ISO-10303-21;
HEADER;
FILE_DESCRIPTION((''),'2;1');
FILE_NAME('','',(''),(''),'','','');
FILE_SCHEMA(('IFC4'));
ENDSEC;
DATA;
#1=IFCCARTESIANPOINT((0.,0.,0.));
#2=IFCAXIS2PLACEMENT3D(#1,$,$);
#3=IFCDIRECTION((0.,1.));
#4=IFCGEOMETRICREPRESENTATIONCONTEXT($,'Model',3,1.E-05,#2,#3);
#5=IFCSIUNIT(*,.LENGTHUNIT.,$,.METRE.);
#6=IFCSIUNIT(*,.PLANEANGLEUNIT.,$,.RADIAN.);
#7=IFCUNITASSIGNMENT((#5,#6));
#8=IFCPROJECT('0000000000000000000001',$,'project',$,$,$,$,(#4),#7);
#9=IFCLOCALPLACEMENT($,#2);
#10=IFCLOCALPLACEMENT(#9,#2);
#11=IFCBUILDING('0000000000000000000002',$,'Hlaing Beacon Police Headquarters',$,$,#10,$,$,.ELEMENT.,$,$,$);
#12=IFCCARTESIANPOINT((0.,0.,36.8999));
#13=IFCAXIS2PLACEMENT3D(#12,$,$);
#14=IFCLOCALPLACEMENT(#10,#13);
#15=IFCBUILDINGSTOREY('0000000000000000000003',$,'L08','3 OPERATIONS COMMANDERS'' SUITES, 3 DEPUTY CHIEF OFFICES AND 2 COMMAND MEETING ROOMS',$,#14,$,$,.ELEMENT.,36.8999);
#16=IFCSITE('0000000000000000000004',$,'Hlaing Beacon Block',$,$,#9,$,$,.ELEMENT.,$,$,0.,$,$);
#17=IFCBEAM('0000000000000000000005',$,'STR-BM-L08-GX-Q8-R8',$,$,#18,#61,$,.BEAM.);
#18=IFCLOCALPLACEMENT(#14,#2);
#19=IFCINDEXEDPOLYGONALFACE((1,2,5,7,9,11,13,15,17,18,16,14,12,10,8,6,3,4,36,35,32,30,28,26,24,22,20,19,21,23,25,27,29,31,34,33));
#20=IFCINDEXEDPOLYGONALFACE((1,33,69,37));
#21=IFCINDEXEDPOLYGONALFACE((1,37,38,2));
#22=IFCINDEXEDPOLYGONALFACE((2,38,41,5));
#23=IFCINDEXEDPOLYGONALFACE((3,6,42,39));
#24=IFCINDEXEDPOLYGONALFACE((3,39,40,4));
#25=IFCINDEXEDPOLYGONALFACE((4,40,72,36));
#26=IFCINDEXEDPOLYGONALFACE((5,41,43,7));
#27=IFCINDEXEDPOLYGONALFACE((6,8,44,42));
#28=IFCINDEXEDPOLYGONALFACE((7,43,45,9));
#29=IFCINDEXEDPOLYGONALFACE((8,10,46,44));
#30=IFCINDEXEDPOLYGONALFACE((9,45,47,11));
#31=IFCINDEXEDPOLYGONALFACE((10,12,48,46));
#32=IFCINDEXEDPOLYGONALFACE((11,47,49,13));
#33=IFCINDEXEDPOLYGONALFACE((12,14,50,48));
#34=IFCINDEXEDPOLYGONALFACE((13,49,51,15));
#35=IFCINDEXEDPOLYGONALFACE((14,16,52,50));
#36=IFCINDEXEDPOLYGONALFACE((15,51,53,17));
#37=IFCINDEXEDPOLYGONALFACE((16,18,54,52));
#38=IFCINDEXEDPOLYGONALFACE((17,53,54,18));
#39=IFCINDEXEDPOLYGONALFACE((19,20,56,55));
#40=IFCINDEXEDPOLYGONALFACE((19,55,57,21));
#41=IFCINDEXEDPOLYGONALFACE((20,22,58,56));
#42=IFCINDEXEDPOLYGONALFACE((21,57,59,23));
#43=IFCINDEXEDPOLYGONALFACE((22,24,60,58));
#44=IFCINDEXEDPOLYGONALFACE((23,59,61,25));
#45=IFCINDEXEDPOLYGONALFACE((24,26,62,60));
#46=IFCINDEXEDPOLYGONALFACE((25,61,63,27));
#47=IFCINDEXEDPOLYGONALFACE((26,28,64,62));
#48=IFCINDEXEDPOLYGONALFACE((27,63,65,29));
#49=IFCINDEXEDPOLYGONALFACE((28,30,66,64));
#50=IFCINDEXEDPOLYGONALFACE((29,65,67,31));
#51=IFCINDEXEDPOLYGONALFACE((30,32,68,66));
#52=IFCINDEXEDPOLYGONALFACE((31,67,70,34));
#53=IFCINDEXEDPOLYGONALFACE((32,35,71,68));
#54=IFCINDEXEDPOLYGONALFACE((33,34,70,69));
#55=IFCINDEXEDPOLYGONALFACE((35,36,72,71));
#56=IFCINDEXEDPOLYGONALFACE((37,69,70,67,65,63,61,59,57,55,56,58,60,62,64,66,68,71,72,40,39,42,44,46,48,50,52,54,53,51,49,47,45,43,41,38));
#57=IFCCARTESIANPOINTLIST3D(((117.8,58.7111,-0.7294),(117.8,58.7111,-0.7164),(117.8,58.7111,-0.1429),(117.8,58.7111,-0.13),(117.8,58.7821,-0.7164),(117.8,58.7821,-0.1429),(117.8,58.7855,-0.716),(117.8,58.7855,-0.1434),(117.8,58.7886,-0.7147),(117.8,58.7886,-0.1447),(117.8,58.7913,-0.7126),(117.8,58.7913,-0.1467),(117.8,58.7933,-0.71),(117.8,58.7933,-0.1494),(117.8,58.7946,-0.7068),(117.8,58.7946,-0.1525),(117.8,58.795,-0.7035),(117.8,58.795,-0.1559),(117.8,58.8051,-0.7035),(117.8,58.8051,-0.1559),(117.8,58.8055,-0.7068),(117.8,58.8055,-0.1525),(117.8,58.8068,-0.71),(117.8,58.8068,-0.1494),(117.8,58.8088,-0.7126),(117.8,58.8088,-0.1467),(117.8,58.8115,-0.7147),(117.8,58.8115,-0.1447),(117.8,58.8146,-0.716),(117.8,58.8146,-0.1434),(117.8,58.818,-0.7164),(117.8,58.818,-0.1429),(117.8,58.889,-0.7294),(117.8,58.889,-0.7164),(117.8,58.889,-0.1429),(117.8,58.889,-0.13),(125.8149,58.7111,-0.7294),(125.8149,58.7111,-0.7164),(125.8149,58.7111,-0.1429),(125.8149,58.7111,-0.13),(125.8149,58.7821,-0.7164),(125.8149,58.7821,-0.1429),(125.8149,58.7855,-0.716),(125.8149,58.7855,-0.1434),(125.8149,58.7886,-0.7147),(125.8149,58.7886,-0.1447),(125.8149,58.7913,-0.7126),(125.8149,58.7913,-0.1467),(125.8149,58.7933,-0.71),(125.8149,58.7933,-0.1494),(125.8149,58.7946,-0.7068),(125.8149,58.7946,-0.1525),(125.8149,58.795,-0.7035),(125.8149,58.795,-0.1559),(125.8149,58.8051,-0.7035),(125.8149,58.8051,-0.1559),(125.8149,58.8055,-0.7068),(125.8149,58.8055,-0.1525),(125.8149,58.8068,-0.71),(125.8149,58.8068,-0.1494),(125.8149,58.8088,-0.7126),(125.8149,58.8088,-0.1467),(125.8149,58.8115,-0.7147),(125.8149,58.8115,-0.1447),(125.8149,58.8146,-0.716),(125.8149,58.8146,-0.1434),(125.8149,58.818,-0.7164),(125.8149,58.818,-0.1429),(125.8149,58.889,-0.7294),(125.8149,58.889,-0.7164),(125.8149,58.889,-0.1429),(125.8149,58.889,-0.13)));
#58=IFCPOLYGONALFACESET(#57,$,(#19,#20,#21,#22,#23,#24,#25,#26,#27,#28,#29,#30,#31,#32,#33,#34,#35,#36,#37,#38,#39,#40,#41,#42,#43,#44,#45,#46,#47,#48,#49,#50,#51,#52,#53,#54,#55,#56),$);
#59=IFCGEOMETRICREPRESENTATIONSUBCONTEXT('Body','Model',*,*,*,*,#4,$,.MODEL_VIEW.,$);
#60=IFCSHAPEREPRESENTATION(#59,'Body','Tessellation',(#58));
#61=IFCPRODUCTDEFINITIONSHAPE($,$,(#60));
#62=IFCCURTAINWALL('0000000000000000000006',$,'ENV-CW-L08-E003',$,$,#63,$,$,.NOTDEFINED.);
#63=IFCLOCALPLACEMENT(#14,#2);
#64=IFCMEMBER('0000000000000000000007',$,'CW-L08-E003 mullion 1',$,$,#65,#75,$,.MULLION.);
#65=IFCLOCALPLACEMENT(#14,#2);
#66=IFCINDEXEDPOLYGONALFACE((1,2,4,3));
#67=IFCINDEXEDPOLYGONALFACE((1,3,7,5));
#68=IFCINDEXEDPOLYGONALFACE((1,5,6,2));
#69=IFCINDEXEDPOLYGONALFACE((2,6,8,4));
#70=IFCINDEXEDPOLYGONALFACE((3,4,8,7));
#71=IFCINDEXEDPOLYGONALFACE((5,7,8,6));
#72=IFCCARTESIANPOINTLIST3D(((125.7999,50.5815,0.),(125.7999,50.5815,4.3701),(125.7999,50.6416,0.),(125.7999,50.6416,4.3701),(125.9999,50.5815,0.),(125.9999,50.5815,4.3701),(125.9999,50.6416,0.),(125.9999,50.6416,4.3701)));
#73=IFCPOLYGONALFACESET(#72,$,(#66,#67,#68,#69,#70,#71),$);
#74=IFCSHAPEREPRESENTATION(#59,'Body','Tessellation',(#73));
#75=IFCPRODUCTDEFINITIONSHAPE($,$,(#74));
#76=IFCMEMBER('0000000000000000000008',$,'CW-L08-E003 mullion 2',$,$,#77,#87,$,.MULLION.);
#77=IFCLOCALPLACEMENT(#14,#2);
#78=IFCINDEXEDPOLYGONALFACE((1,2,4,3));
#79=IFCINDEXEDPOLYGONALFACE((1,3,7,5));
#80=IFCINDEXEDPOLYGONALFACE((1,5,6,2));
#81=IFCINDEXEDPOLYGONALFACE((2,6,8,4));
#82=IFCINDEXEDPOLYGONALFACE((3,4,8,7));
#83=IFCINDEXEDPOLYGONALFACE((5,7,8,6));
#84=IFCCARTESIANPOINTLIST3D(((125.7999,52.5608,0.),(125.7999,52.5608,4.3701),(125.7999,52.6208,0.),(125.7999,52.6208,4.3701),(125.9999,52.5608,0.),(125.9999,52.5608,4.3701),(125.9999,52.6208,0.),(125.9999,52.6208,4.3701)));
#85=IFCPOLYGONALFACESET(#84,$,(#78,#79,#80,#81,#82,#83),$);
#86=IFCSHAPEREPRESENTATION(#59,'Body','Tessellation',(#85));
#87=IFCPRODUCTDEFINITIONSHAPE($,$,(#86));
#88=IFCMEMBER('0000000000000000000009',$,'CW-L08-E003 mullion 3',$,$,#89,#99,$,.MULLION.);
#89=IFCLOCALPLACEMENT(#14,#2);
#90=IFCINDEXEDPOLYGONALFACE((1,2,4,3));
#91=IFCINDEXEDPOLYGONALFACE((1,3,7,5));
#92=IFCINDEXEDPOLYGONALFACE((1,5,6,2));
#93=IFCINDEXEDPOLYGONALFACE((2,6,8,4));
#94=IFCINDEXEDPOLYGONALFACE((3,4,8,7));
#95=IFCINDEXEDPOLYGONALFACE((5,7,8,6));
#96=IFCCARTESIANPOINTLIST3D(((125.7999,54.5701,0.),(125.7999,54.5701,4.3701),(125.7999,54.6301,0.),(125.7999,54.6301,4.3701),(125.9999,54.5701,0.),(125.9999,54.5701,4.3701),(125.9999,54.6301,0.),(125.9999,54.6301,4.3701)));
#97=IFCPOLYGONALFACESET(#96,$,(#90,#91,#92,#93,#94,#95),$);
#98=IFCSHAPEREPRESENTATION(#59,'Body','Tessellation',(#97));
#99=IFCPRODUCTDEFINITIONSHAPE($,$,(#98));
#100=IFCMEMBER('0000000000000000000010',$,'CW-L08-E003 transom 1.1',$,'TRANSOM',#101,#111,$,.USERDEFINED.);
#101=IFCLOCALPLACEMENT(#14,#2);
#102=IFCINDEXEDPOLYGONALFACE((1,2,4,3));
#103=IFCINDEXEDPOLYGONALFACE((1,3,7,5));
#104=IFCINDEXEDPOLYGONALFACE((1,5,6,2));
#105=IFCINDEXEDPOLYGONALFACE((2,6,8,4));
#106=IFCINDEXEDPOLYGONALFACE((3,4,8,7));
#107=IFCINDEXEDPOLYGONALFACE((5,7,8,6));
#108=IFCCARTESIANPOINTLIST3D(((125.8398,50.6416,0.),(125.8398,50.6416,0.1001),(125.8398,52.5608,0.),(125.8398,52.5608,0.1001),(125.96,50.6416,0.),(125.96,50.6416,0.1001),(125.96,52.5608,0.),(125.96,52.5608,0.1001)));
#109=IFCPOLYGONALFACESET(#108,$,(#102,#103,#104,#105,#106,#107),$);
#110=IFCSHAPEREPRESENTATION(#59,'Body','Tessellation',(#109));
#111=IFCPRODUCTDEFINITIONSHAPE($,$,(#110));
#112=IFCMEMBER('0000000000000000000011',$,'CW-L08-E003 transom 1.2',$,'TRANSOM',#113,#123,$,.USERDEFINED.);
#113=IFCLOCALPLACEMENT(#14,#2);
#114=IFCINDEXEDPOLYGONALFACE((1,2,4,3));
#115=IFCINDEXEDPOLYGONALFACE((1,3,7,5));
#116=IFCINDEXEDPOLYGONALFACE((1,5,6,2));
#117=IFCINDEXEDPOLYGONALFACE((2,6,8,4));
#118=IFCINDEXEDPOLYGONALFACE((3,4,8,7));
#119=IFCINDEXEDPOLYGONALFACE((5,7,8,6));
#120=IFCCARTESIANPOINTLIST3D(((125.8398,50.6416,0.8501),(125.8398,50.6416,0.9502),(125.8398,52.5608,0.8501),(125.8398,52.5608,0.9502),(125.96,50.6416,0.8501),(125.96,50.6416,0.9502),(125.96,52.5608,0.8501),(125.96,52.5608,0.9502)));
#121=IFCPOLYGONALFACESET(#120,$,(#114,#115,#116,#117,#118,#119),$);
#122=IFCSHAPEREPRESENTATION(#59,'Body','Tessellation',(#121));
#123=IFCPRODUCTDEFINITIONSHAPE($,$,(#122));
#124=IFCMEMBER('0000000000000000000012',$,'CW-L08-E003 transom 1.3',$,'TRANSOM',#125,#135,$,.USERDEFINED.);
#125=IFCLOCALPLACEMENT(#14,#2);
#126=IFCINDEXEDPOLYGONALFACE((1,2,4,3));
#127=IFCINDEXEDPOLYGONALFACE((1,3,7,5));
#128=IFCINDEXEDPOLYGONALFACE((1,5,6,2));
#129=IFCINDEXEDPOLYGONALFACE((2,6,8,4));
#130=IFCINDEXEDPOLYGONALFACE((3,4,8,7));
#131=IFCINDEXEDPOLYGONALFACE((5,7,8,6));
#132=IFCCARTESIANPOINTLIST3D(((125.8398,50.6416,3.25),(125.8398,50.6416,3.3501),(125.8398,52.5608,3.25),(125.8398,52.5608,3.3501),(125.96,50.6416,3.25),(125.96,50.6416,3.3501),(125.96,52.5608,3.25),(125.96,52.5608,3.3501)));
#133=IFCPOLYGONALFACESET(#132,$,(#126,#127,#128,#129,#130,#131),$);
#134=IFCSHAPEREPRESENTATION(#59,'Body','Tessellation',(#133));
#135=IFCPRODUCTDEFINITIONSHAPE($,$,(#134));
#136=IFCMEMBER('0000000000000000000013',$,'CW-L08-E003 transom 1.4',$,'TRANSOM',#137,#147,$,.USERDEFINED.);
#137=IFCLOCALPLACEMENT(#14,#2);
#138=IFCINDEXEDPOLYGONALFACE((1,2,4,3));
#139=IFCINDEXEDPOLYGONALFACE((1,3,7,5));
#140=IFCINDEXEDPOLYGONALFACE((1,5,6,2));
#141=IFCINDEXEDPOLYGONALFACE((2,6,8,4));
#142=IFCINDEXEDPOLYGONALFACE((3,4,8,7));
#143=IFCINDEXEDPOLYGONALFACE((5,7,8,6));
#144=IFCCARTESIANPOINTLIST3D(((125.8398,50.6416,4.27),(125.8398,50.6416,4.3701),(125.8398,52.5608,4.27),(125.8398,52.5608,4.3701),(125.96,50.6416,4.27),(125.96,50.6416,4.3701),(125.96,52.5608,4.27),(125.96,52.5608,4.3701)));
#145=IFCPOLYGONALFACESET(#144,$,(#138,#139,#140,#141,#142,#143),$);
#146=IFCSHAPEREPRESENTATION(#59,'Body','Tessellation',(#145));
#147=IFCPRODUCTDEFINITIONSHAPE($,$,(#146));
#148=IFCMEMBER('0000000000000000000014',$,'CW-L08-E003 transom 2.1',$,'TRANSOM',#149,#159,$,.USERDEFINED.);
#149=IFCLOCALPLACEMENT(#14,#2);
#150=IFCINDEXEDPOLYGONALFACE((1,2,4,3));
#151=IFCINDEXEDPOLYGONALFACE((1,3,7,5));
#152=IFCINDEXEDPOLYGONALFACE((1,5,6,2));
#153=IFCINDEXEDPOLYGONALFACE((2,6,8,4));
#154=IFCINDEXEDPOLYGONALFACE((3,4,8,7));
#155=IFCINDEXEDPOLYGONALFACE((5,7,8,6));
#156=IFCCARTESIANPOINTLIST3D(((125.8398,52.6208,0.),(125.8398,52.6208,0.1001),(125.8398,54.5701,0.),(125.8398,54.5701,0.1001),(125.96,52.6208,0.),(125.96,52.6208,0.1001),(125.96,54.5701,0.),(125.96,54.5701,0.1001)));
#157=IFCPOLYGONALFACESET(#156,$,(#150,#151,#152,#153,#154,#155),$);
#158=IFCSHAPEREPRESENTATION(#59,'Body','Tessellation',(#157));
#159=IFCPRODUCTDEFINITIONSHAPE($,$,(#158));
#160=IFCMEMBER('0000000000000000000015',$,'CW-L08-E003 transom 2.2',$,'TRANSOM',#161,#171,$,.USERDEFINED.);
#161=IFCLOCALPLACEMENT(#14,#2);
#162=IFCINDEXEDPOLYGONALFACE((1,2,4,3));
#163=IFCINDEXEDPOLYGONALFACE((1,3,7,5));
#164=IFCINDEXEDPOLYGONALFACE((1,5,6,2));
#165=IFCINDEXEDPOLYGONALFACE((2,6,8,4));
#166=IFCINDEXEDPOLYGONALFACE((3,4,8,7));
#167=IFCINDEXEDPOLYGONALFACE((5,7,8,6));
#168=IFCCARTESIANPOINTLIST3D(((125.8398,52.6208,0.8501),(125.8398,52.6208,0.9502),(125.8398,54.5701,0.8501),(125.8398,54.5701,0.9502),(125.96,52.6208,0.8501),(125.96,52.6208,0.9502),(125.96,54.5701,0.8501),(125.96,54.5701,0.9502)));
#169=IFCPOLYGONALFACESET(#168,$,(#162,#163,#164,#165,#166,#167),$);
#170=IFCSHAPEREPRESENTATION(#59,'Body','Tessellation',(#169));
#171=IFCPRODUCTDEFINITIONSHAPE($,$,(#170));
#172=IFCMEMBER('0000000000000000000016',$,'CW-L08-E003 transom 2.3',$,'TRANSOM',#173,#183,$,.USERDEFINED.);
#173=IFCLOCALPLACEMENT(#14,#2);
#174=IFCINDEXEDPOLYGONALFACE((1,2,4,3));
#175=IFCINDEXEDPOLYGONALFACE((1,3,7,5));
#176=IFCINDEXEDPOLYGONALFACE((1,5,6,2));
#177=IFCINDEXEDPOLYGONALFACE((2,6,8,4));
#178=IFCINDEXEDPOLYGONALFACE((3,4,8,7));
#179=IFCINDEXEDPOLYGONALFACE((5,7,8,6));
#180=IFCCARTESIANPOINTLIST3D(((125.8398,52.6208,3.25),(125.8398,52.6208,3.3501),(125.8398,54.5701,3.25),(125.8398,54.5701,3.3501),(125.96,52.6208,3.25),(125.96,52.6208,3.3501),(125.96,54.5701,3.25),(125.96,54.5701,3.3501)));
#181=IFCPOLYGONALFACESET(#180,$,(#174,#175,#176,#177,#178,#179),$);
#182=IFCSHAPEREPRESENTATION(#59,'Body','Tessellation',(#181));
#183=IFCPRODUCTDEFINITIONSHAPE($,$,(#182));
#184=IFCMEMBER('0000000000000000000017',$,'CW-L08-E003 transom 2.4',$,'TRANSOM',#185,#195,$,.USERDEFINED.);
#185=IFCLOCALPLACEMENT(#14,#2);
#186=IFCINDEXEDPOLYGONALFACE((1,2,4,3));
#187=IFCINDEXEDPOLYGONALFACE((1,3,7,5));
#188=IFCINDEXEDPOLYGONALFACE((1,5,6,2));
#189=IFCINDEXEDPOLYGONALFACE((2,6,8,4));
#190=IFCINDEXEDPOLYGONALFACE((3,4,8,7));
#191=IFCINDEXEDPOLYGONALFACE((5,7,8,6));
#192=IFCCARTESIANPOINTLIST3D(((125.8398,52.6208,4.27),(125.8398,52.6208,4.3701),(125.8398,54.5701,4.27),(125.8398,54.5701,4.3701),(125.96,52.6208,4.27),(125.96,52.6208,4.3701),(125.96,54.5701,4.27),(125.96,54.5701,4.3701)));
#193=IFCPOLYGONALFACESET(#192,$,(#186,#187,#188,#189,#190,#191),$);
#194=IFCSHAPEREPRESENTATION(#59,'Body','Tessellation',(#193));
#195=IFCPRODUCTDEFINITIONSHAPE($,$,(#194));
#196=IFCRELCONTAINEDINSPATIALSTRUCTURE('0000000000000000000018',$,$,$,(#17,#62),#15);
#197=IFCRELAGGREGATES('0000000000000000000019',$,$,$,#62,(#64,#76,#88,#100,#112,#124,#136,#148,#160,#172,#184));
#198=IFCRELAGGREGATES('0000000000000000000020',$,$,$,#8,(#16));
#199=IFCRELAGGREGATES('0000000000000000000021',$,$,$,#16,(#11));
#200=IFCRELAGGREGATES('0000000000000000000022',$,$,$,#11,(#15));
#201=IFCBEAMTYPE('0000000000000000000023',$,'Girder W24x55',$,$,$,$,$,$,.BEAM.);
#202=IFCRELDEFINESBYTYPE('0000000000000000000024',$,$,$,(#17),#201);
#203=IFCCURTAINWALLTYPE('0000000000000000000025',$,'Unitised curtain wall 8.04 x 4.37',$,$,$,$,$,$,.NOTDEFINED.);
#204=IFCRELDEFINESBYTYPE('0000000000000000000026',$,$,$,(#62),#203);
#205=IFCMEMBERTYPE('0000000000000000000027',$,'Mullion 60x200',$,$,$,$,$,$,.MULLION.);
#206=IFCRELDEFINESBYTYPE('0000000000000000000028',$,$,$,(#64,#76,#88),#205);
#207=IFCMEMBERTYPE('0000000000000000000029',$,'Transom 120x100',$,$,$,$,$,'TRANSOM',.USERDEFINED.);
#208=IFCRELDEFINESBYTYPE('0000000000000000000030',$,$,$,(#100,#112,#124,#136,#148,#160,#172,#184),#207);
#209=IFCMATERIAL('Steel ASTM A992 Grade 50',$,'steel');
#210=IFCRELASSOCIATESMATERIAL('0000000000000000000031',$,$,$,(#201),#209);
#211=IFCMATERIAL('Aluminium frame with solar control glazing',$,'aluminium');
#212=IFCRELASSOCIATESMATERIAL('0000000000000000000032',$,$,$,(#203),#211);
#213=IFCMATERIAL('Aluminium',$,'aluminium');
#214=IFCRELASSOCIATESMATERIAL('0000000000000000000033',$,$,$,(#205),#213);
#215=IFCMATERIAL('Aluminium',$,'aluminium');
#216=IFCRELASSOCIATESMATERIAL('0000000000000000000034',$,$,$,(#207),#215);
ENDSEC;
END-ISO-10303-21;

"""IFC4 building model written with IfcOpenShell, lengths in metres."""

from ifc_helpers import new_model, si_unit, direction, frame, origin, origin_2d, place, context, subcontext, project, spatial, rectangle, i_section, extrude, material, material_profile, profile_set, type_object, element, aggregate, save


model = new_model("IFC4")

# Units and contexts
model_context = context("Model", 3, precision=1e-05, world=origin(), true_north=direction((0.0, 1.0)))
body_context = subcontext(model_context, "Body", "Model", "MODEL_VIEW")
ifc_project = project(units=[si_unit("LENGTHUNIT", "METRE"), si_unit("PLANEANGLEUNIT", "RADIAN")], contexts=[model_context])

# Site, building, storey
site_placement = place(None, origin())
site = spatial("IfcSite", under=ifc_project, at=site_placement, Name="Hlaing Beacon Block", CompositionType="ELEMENT", RefElevation=0.0)
building_placement = place(site_placement, origin())
building = spatial("IfcBuilding", under=site, at=building_placement, Name="Hlaing Beacon Police Headquarters", CompositionType="ELEMENT")
storey_placement = place(building_placement, frame((0.0, 0.0, 36.8999)))
storey = spatial("IfcBuildingStorey", under=building, at=storey_placement, Name="L08", Description="3 OPERATIONS COMMANDERS' SUITES, 3 DEPUTY CHIEF OFFICES AND 2 COMMAND MEETING ROOMS", CompositionType="ELEMENT", Elevation=36.8999)

# Beam
ifc_material_1 = material(Name="Steel ASTM A992 Grade 50", Category="steel")
ifc_material_profile_1 = material_profile(ifc_material_1, i_section(OverallWidth=0.178, OverallDepth=0.5994, WebThickness=0.01, FlangeThickness=0.0129, FilletRadius=0.0129, at=origin_2d()), Name="W24x55")
ifc_profile_set_1 = profile_set([ifc_material_profile_1], Name="Steel ASTM A992 Grade 50")
beam_type = type_object("IfcBeamType", Name="Girder W24x55", PredefinedType="BEAM", material=ifc_profile_set_1)
beam_placement = place(storey_placement, frame((117.8, 58.8, -0.4297), z_axis=(1.0, 0.0, 0.0), x_axis=(0.0, 1.0, 0.0)))
element("IfcBeam", 1, at=beam_placement, inside=storey, type_object=beam_type, Name="STR-BM-L08-GX-Q8-R8", PredefinedType="BEAM", context=body_context, shape_type="SweptSolid", body=[
    extrude(i_section(OverallWidth=0.178, OverallDepth=0.5994, WebThickness=0.01, FlangeThickness=0.0129, FilletRadius=0.0129, at=origin_2d()), origin(), (0.0, 0.0, 1.0), 8.0149),
])

# Curtain wall, members
ifc_material_2 = material(Name="Aluminium frame with solar control glazing", Category="aluminium")
curtain_wall_type = type_object("IfcCurtainWallType", Name="Unitised curtain wall 8.04 x 4.37", PredefinedType="NOTDEFINED", material=ifc_material_2)
curtain_wall_placement = place(storey_placement, origin())
curtain_wall = element("IfcCurtainWall", 2, at=curtain_wall_placement, inside=storey, type_object=curtain_wall_type, Name="ENV-CW-L08-E003", PredefinedType="NOTDEFINED")
ifc_material_3 = material(Name="Aluminium", Category="aluminium")
ifc_material_profile_2 = material_profile(ifc_material_3, rectangle(XDim=0.2, YDim=0.0601, at=origin_2d()), Name="Mullion 60x200")
ifc_profile_set_2 = profile_set([ifc_material_profile_2], Name="Aluminium")
member_type_1 = type_object("IfcMemberType", Name="Mullion 60x200", PredefinedType="MULLION", material=ifc_profile_set_2)
member_1_placement = place(storey_placement, frame((125.8999, 50.6116, 0.0), z_axis=(0.0, 0.0, 1.0), x_axis=(-1.0, 0.0, 0.0)))
member_1 = element("IfcMember", 3, at=member_1_placement, type_object=member_type_1, Name="CW-L08-E003 mullion 1", PredefinedType="MULLION", context=body_context, shape_type="SweptSolid", body=[
    extrude(rectangle(XDim=0.2, YDim=0.0601, at=origin_2d()), origin(), (0.0, 0.0, 1.0), 4.3701),
])
member_2_placement = place(storey_placement, frame((125.8999, 52.5908, 0.0), z_axis=(0.0, 0.0, 1.0), x_axis=(-1.0, 0.0, 0.0)))
member_2 = element("IfcMember", 4, at=member_2_placement, type_object=member_type_1, Name="CW-L08-E003 mullion 2", PredefinedType="MULLION", context=body_context, shape_type="SweptSolid", body=[
    extrude(rectangle(XDim=0.2, YDim=0.0601, at=origin_2d()), origin(), (0.0, 0.0, 1.0), 4.3701),
])
member_3_placement = place(storey_placement, frame((125.8999, 54.6001, 0.0), z_axis=(0.0, 0.0, 1.0), x_axis=(-1.0, 0.0, 0.0)))
member_3 = element("IfcMember", 5, at=member_3_placement, type_object=member_type_1, Name="CW-L08-E003 mullion 3", PredefinedType="MULLION", context=body_context, shape_type="SweptSolid", body=[
    extrude(rectangle(XDim=0.2, YDim=0.0601, at=origin_2d()), origin(), (0.0, 0.0, 1.0), 4.3701),
])
ifc_material_4 = material(Name="Aluminium", Category="aluminium")
ifc_material_profile_3 = material_profile(ifc_material_4, rectangle(XDim=0.1201, YDim=0.1001, at=origin_2d()), Name="Transom 120x100")
ifc_profile_set_3 = profile_set([ifc_material_profile_3], Name="Aluminium")
member_type_2 = type_object("IfcMemberType", Name="Transom 120x100", ElementType="TRANSOM", PredefinedType="USERDEFINED", material=ifc_profile_set_3)
member_4_placement = place(storey_placement, frame((125.8999, 50.6416, 0.05), z_axis=(0.0, 1.0, 0.0), x_axis=(-1.0, 0.0, 0.0)))
member_4 = element("IfcMember", 6, at=member_4_placement, type_object=member_type_2, Name="CW-L08-E003 transom 1.1", ObjectType="TRANSOM", PredefinedType="USERDEFINED", context=body_context, shape_type="SweptSolid", body=[
    extrude(rectangle(XDim=0.1201, YDim=0.1001, at=origin_2d()), origin(), (0.0, 0.0, 1.0), 1.9192),
])
member_5_placement = place(storey_placement, frame((125.8999, 50.6416, 0.9001), z_axis=(0.0, 1.0, 0.0), x_axis=(-1.0, 0.0, 0.0)))
member_5 = element("IfcMember", 7, at=member_5_placement, type_object=member_type_2, Name="CW-L08-E003 transom 1.2", ObjectType="TRANSOM", PredefinedType="USERDEFINED", context=body_context, shape_type="SweptSolid", body=[
    extrude(rectangle(XDim=0.1201, YDim=0.1001, at=origin_2d()), origin(), (0.0, 0.0, 1.0), 1.9192),
])
member_6_placement = place(storey_placement, frame((125.8999, 50.6416, 3.3), z_axis=(0.0, 1.0, 0.0), x_axis=(-1.0, 0.0, 0.0)))
member_6 = element("IfcMember", 8, at=member_6_placement, type_object=member_type_2, Name="CW-L08-E003 transom 1.3", ObjectType="TRANSOM", PredefinedType="USERDEFINED", context=body_context, shape_type="SweptSolid", body=[
    extrude(rectangle(XDim=0.1201, YDim=0.1001, at=origin_2d()), origin(), (0.0, 0.0, 1.0), 1.9192),
])
member_7_placement = place(storey_placement, frame((125.8999, 50.6416, 4.3201), z_axis=(0.0, 1.0, 0.0), x_axis=(-1.0, 0.0, 0.0)))
member_7 = element("IfcMember", 9, at=member_7_placement, type_object=member_type_2, Name="CW-L08-E003 transom 1.4", ObjectType="TRANSOM", PredefinedType="USERDEFINED", context=body_context, shape_type="SweptSolid", body=[
    extrude(rectangle(XDim=0.1201, YDim=0.1001, at=origin_2d()), origin(), (0.0, 0.0, 1.0), 1.9192),
])
member_8_placement = place(storey_placement, frame((125.8999, 52.6208, 0.05), z_axis=(0.0, 1.0, 0.0), x_axis=(-1.0, 0.0, 0.0)))
member_8 = element("IfcMember", 10, at=member_8_placement, type_object=member_type_2, Name="CW-L08-E003 transom 2.1", ObjectType="TRANSOM", PredefinedType="USERDEFINED", context=body_context, shape_type="SweptSolid", body=[
    extrude(rectangle(XDim=0.1201, YDim=0.1001, at=origin_2d()), origin(), (0.0, 0.0, 1.0), 1.9492),
])
member_9_placement = place(storey_placement, frame((125.8999, 52.6208, 0.9001), z_axis=(0.0, 1.0, 0.0), x_axis=(-1.0, 0.0, 0.0)))
member_9 = element("IfcMember", 11, at=member_9_placement, type_object=member_type_2, Name="CW-L08-E003 transom 2.2", ObjectType="TRANSOM", PredefinedType="USERDEFINED", context=body_context, shape_type="SweptSolid", body=[
    extrude(rectangle(XDim=0.1201, YDim=0.1001, at=origin_2d()), origin(), (0.0, 0.0, 1.0), 1.9492),
])
member_10_placement = place(storey_placement, frame((125.8999, 52.6208, 3.3), z_axis=(0.0, 1.0, 0.0), x_axis=(-1.0, 0.0, 0.0)))
member_10 = element("IfcMember", 12, at=member_10_placement, type_object=member_type_2, Name="CW-L08-E003 transom 2.3", ObjectType="TRANSOM", PredefinedType="USERDEFINED", context=body_context, shape_type="SweptSolid", body=[
    extrude(rectangle(XDim=0.1201, YDim=0.1001, at=origin_2d()), origin(), (0.0, 0.0, 1.0), 1.9492),
])
member_11_placement = place(storey_placement, frame((125.8999, 52.6208, 4.3201), z_axis=(0.0, 1.0, 0.0), x_axis=(-1.0, 0.0, 0.0)))
member_11 = element("IfcMember", 13, at=member_11_placement, type_object=member_type_2, Name="CW-L08-E003 transom 2.4", ObjectType="TRANSOM", PredefinedType="USERDEFINED", context=body_context, shape_type="SweptSolid", body=[
    extrude(rectangle(XDim=0.1201, YDim=0.1001, at=origin_2d()), origin(), (0.0, 0.0, 1.0), 1.9492),
])
aggregate(curtain_wall, [member_1, member_2, member_3, member_4, member_5, member_6, member_7, member_8, member_9, member_10, member_11])

save(model, "model.ifc")
